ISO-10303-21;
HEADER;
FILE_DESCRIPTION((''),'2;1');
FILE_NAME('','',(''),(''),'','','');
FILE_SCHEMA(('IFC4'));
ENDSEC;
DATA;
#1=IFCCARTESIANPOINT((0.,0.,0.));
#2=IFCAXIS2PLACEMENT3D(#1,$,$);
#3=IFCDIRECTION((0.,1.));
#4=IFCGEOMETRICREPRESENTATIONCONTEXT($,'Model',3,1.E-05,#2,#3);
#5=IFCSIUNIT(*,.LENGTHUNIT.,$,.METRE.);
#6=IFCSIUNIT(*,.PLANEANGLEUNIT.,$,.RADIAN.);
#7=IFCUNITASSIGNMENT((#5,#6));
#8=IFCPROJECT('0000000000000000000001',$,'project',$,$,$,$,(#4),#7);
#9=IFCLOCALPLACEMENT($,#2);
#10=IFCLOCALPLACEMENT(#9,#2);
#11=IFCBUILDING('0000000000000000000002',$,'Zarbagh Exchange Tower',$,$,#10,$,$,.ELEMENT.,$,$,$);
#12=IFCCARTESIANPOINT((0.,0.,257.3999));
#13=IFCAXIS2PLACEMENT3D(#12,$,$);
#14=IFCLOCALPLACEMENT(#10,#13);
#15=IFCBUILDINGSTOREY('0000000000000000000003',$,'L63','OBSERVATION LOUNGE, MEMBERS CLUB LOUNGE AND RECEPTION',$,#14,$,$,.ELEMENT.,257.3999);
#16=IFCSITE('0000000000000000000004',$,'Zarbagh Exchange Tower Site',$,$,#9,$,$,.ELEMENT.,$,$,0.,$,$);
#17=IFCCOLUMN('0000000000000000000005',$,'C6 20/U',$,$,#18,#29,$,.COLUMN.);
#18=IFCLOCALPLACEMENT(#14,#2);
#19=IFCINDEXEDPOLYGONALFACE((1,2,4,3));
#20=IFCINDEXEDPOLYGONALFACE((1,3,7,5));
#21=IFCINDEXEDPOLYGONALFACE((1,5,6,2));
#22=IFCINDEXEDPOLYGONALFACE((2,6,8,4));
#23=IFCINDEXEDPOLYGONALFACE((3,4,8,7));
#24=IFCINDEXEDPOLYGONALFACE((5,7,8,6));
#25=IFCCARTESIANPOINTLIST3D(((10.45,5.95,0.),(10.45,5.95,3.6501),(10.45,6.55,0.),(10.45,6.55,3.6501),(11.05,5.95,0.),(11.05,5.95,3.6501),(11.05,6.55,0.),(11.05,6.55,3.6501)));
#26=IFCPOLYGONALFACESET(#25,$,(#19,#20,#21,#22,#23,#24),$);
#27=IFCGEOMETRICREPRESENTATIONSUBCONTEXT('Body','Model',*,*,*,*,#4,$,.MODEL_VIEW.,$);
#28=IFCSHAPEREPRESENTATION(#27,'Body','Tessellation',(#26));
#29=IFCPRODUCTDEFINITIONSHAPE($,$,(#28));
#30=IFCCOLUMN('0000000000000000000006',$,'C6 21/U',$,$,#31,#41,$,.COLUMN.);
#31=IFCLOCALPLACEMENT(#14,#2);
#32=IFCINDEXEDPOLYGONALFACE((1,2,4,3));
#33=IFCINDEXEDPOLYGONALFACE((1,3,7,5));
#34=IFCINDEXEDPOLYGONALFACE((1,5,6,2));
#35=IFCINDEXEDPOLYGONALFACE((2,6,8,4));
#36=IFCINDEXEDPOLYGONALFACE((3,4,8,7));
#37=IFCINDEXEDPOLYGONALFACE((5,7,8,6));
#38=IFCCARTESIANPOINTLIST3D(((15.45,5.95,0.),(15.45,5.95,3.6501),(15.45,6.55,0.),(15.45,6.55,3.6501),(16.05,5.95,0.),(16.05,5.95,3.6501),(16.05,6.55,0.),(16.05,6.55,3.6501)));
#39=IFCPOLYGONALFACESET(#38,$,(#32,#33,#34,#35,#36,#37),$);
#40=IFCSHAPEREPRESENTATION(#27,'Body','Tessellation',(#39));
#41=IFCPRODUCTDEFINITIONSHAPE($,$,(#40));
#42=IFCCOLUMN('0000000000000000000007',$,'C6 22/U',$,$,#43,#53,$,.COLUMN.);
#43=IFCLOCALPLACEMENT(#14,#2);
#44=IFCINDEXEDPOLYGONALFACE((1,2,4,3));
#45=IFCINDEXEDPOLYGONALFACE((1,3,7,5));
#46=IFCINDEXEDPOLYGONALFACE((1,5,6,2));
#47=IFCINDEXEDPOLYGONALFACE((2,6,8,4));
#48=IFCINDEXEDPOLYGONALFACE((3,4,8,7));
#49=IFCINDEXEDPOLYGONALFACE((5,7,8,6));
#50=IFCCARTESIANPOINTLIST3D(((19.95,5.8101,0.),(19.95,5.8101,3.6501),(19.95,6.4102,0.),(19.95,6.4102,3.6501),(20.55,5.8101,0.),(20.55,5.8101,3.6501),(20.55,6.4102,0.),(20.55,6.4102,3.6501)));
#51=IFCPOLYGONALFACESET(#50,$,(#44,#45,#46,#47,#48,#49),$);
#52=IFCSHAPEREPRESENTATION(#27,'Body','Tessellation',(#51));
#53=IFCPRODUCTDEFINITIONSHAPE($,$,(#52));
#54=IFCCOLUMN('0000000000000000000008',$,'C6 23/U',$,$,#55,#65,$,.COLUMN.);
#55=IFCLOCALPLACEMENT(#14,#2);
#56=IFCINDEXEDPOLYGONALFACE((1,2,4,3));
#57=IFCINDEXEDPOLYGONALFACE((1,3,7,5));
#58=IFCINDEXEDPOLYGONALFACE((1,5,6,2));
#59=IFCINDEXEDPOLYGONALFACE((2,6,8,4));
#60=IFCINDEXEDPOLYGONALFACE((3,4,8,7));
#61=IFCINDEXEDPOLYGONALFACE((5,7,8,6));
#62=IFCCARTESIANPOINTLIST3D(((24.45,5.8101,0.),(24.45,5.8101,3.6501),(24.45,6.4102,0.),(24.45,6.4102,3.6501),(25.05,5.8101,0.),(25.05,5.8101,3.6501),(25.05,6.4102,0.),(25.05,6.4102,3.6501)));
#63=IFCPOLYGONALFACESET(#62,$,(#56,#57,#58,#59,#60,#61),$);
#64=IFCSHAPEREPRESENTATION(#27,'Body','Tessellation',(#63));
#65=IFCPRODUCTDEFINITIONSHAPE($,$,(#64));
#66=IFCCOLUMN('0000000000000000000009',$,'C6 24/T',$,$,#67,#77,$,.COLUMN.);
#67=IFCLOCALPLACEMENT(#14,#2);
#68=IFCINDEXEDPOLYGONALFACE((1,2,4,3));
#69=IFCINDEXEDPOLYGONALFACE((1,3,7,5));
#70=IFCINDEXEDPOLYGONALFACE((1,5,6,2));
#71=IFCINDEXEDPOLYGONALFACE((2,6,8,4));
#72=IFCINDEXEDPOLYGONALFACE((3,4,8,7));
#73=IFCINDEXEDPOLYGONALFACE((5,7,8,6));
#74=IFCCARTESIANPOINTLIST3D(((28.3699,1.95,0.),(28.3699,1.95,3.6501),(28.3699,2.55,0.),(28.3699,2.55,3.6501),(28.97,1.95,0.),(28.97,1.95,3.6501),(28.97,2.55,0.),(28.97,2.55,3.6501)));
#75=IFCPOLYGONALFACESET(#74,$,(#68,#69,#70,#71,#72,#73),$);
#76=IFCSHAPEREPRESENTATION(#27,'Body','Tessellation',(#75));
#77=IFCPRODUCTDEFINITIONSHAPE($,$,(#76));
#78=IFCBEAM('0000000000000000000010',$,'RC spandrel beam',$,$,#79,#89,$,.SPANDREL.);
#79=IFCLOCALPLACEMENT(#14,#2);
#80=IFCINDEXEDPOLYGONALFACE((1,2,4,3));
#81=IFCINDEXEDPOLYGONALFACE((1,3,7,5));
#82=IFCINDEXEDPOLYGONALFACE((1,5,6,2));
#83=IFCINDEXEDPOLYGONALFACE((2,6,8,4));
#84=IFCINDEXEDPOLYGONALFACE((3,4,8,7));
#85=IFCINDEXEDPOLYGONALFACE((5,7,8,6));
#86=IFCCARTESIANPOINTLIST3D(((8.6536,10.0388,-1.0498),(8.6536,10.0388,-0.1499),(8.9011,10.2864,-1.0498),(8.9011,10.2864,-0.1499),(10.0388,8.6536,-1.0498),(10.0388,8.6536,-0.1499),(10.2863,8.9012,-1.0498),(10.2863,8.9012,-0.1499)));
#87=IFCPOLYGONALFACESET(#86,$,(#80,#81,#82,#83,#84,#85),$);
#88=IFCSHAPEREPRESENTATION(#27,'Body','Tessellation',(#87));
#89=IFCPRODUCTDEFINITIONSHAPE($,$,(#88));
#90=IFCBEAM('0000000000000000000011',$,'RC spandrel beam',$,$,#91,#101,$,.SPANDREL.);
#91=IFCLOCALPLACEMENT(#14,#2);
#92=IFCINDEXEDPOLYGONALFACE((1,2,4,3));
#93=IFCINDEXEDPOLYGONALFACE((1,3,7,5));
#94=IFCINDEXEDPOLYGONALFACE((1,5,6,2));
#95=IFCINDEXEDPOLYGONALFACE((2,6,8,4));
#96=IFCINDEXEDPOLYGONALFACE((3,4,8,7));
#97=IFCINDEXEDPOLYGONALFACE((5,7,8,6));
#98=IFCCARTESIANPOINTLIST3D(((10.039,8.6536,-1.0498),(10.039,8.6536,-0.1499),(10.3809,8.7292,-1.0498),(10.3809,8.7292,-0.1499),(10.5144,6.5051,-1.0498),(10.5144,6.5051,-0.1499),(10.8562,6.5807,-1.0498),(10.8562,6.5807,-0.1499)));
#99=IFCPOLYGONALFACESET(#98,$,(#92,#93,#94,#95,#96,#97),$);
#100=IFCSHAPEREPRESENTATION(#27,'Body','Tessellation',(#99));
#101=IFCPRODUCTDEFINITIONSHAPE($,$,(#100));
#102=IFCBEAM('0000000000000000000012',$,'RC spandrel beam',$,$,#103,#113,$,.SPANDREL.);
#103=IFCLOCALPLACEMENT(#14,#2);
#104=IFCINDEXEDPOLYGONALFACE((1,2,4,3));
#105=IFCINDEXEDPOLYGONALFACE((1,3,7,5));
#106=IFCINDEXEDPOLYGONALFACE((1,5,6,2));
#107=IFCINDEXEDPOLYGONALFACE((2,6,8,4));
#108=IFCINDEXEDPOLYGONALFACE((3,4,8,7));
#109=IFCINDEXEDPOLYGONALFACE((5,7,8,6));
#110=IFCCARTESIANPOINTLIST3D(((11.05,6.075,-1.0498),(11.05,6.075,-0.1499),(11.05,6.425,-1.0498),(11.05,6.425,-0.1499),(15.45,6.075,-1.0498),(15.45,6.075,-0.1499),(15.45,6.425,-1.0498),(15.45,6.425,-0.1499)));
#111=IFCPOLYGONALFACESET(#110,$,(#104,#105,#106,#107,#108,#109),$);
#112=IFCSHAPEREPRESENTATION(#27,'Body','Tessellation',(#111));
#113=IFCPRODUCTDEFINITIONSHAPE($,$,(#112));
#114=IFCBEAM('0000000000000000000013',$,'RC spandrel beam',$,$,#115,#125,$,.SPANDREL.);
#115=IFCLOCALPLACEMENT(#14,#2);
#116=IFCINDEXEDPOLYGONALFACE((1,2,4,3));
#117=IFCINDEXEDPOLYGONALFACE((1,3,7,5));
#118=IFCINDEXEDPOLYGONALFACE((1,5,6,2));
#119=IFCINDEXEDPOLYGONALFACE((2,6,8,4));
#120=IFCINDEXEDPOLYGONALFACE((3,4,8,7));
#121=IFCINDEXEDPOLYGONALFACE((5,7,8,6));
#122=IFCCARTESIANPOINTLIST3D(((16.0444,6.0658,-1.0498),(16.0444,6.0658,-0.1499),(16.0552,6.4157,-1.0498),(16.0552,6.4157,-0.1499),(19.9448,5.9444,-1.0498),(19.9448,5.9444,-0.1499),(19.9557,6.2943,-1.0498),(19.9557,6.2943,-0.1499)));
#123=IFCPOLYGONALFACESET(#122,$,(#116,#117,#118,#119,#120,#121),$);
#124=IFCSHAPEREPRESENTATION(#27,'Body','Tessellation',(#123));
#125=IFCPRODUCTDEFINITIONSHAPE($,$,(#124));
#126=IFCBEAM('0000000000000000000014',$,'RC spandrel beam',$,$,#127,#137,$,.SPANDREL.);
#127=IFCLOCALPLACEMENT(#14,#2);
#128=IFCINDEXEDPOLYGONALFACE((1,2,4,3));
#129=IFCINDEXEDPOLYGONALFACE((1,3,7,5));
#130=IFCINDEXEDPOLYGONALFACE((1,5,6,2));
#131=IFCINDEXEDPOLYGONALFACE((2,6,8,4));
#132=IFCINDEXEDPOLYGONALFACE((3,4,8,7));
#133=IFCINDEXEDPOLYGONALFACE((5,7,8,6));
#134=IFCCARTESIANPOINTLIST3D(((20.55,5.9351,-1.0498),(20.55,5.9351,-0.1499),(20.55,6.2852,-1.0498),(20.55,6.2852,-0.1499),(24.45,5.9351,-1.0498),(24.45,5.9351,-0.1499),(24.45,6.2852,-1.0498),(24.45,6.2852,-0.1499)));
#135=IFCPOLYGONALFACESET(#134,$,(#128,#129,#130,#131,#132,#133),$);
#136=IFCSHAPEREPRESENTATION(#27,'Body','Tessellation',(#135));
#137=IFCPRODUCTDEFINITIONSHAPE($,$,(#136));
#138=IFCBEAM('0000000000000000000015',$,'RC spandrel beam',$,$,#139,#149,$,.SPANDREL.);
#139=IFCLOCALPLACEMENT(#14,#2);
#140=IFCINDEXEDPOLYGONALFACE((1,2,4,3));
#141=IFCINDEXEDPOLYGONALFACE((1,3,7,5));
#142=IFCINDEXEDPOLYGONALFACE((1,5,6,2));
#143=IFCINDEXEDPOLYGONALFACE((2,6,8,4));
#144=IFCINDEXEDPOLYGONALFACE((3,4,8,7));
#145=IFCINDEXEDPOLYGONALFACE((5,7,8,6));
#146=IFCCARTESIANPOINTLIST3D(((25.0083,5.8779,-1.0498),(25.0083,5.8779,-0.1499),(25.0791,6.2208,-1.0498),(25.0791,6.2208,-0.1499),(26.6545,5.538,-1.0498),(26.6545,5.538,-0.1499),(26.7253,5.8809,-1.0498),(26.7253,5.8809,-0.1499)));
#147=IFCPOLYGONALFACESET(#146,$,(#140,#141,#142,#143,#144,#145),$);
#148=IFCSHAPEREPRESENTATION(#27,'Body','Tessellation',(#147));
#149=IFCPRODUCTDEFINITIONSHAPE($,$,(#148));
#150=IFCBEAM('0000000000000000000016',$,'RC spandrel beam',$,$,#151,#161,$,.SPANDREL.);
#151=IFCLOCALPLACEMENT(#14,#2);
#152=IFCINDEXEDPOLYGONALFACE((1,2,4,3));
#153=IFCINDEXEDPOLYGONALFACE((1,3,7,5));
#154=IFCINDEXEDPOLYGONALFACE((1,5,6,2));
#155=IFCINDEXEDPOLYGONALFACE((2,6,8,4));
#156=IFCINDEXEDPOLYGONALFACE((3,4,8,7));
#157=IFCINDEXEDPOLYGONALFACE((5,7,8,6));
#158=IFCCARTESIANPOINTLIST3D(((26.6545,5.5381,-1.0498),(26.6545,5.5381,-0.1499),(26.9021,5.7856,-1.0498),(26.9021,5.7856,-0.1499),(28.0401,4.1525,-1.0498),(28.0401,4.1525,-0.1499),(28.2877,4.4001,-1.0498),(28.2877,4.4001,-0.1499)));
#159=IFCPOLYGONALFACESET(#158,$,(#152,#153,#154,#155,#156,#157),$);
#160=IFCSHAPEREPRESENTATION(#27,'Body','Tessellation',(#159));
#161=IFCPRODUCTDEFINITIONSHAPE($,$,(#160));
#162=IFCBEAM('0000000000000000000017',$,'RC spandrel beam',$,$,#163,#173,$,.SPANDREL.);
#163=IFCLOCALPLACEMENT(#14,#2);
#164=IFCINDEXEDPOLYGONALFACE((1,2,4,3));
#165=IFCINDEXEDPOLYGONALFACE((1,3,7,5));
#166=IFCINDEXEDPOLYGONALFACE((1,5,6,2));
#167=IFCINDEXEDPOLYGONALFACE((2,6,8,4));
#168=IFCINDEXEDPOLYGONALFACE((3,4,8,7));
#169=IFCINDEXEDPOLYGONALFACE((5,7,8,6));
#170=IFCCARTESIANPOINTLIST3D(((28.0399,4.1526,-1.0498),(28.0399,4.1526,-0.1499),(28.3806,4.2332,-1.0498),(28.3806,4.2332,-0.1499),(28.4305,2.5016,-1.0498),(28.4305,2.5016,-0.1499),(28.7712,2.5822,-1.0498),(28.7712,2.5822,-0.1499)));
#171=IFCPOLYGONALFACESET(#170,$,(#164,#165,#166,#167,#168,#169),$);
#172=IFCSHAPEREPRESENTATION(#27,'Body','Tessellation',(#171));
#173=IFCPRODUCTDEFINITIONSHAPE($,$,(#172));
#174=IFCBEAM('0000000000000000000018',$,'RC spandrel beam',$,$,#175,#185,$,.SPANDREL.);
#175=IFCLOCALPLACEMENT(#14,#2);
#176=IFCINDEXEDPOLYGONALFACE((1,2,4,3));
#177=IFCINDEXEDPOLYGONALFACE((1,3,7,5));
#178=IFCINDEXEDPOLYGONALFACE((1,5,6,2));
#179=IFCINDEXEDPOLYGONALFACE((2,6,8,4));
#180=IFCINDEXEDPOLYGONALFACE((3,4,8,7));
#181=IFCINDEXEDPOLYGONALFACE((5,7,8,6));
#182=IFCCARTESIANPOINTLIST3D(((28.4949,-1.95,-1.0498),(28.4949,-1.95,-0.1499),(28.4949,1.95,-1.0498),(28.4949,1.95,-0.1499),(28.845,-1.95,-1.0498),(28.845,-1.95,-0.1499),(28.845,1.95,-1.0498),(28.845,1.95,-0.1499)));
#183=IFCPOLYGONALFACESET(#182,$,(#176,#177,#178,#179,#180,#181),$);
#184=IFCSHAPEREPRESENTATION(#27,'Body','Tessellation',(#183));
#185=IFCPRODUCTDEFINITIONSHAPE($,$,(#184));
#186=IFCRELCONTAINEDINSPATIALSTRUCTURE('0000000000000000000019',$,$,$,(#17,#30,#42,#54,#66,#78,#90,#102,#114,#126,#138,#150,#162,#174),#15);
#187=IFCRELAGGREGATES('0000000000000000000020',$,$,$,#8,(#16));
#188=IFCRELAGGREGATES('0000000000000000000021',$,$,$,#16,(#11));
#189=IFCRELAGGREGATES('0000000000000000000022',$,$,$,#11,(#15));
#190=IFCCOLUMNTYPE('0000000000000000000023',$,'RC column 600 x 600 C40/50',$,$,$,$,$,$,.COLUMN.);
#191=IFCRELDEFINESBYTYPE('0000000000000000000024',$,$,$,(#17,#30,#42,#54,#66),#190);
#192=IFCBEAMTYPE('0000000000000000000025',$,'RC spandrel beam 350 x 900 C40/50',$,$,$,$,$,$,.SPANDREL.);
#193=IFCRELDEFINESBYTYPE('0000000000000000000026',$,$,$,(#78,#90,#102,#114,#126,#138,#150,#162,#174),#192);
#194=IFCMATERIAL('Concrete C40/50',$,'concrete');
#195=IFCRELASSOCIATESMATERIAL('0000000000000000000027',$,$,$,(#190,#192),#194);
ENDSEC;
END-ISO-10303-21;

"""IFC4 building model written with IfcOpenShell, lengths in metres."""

from ifc_helpers import new_model, si_unit, direction, frame, origin, origin_2d, place, context, subcontext, project, spatial, rectangle, extrude, material, material_profile, profile_set, type_object, element, save


model = new_model("IFC4")

# Units and contexts
model_context = context("Model", 3, precision=1e-05, world=origin(), true_north=direction((0.0, 1.0)))
body_context = subcontext(model_context, "Body", "Model", "MODEL_VIEW")
ifc_project = project(units=[si_unit("LENGTHUNIT", "METRE"), si_unit("PLANEANGLEUNIT", "RADIAN")], contexts=[model_context])

# Site, building, storey
site_placement = place(None, origin())
site = spatial("IfcSite", under=ifc_project, at=site_placement, Name="Zarbagh Exchange Tower Site", CompositionType="ELEMENT", RefElevation=0.0)
building_placement = place(site_placement, origin())
building = spatial("IfcBuilding", under=site, at=building_placement, Name="Zarbagh Exchange Tower", CompositionType="ELEMENT")
storey_placement = place(building_placement, frame((0.0, 0.0, 257.3999)))
storey = spatial("IfcBuildingStorey", under=building, at=storey_placement, Name="L63", Description="OBSERVATION LOUNGE, MEMBERS CLUB LOUNGE AND RECEPTION", CompositionType="ELEMENT", Elevation=257.3999)

# Columns
ifc_material_1 = material(Name="Concrete C40/50", Category="concrete")
ifc_material_profile_1 = material_profile(ifc_material_1, rectangle(XDim=0.6001, YDim=0.6001, at=origin_2d()), Name="RC column 600 x 600 C40/50")
ifc_profile_set_1 = profile_set([ifc_material_profile_1], Name="Concrete C40/50")
column_type = type_object("IfcColumnType", Name="RC column 600 x 600 C40/50", PredefinedType="COLUMN", material=ifc_profile_set_1)
for number, where, z_axis, x_axis, name in (
    (1, (10.75, 6.25, 0.0), (0.0, 0.0, 1.0), (1.0, 0.0, 0.0), "C6 20/U"),
    (2, (15.75, 6.25, 0.0), (0.0, 0.0, 1.0), (1.0, 0.0, 0.0), "C6 21/U"),
    (3, (20.25, 6.1101, 0.0), (0.0, 0.0, 1.0), (1.0, 0.0, 0.0), "C6 22/U"),
    (4, (24.75, 6.1101, 0.0), (0.0, 0.0, 1.0), (1.0, 0.0, 0.0), "C6 23/U"),
    (5, (28.6699, 2.25, 0.0), (0.0, 0.0, 1.0), (1.0, 0.0, 0.0), "C6 24/T"),
):
    element("IfcColumn", number, at=place(storey_placement, frame(where, z_axis=z_axis, x_axis=x_axis)), inside=storey, type_object=column_type, Name=name, PredefinedType="COLUMN", context=body_context, shape_type="SweptSolid", body=[
        extrude(rectangle(XDim=0.6001, YDim=0.6001, at=origin_2d()), origin(), (0.0, 0.0, 1.0), 3.6501),
    ])

# Beams
ifc_material_profile_2 = material_profile(ifc_material_1, rectangle(XDim=0.3501, YDim=0.8999, at=origin_2d()), Name="RC spandrel beam 350 x 900 C40/50")
ifc_profile_set_2 = profile_set([ifc_material_profile_2], Name="Concrete C40/50")
beam_type = type_object("IfcBeamType", Name="RC spandrel beam 350 x 900 C40/50", PredefinedType="SPANDREL", material=ifc_profile_set_2)
beam_1_placement = place(storey_placement, frame((8.7773, 10.1626, -0.5999), z_axis=(0.707107, -0.707107, 0.0), x_axis=(0.707107, 0.707107, 0.0)))
element("IfcBeam", 6, at=beam_1_placement, inside=storey, type_object=beam_type, Name="RC spandrel beam", PredefinedType="SPANDREL", context=body_context, shape_type="SweptSolid", body=[
    extrude(rectangle(XDim=0.3501, YDim=0.8999, at=origin_2d()), origin(), (0.0, 0.0, 1.0), 1.959),
])
beam_2_placement = place(storey_placement, frame((10.21, 8.6914, -0.5999), z_axis=(0.216026, -0.976388, 0.0), x_axis=(0.976388, 0.216026, 0.0)))
element("IfcBeam", 7, at=beam_2_placement, inside=storey, type_object=beam_type, Name="RC spandrel beam", PredefinedType="SPANDREL", context=body_context, shape_type="SweptSolid", body=[
    extrude(rectangle(XDim=0.3501, YDim=0.8999, at=origin_2d()), origin(), (0.0, 0.0, 1.0), 2.2004),
])
beam_3_placement = place(storey_placement, frame((11.05, 6.25, -0.5999), z_axis=(1.0, 0.0, 0.0), x_axis=(0.0, 1.0, 0.0)))
element("IfcBeam", 8, at=beam_3_placement, inside=storey, type_object=beam_type, Name="RC spandrel beam", PredefinedType="SPANDREL", context=body_context, shape_type="SweptSolid", body=[
    extrude(rectangle(XDim=0.3501, YDim=0.8999, at=origin_2d()), origin(), (0.0, 0.0, 1.0), 4.3999),
])
beam_4_placement = place(storey_placement, frame((16.0498, 6.2407, -0.5999), z_axis=(0.999516, -0.031094, 0.0), x_axis=(0.031094, 0.999516, 0.0)))
element("IfcBeam", 9, at=beam_4_placement, inside=storey, type_object=beam_type, Name="RC spandrel beam", PredefinedType="SPANDREL", context=body_context, shape_type="SweptSolid", body=[
    extrude(rectangle(XDim=0.3501, YDim=0.8999, at=origin_2d()), origin(), (0.0, 0.0, 1.0), 3.9023),
])
beam_5_placement = place(storey_placement, frame((20.55, 6.1101, -0.5999), z_axis=(1.0, 0.0, 0.0), x_axis=(0.0, 1.0, 0.0)))
element("IfcBeam", 10, at=beam_5_placement, inside=storey, type_object=beam_type, Name="RC spandrel beam", PredefinedType="SPANDREL", context=body_context, shape_type="SweptSolid", body=[
    extrude(rectangle(XDim=0.3501, YDim=0.8999, at=origin_2d()), origin(), (0.0, 0.0, 1.0), 3.8999),
])
beam_6_placement = place(storey_placement, frame((25.0437, 6.0493, -0.5999), z_axis=(0.97935, -0.202173, 0.0), x_axis=(0.202173, 0.97935, 0.0)))
element("IfcBeam", 11, at=beam_6_placement, inside=storey, type_object=beam_type, Name="RC spandrel beam", PredefinedType="SPANDREL", context=body_context, shape_type="SweptSolid", body=[
    extrude(rectangle(XDim=0.3501, YDim=0.8999, at=origin_2d()), origin(), (0.0, 0.0, 1.0), 1.6809),
])
beam_7_placement = place(storey_placement, frame((26.7783, 5.6619, -0.5999), z_axis=(0.707107, -0.707107, 0.0), x_axis=(0.707107, 0.707107, 0.0)))
element("IfcBeam", 12, at=beam_7_placement, inside=storey, type_object=beam_type, Name="RC spandrel beam", PredefinedType="SPANDREL", context=body_context, shape_type="SweptSolid", body=[
    extrude(rectangle(XDim=0.3501, YDim=0.8999, at=origin_2d()), origin(), (0.0, 0.0, 1.0), 1.9595),
])
beam_8_placement = place(storey_placement, frame((28.2102, 4.1929, -0.5999), z_axis=(0.230258, -0.97313, 0.0), x_axis=(0.97313, 0.230258, 0.0)))
element("IfcBeam", 13, at=beam_8_placement, inside=storey, type_object=beam_type, Name="RC spandrel beam", PredefinedType="SPANDREL", context=body_context, shape_type="SweptSolid", body=[
    extrude(rectangle(XDim=0.3501, YDim=0.8999, at=origin_2d()), origin(), (0.0, 0.0, 1.0), 1.6965),
])
beam_9_placement = place(storey_placement, frame((28.6699, 1.95, -0.5999), z_axis=(0.0, -1.0, 0.0), x_axis=(1.0, 0.0, 0.0)))
element("IfcBeam", 14, at=beam_9_placement, inside=storey, type_object=beam_type, Name="RC spandrel beam", PredefinedType="SPANDREL", context=body_context, shape_type="SweptSolid", body=[
    extrude(rectangle(XDim=0.3501, YDim=0.8999, at=origin_2d()), origin(), (0.0, 0.0, 1.0), 3.8999),
])

save(model, "model.ifc")
